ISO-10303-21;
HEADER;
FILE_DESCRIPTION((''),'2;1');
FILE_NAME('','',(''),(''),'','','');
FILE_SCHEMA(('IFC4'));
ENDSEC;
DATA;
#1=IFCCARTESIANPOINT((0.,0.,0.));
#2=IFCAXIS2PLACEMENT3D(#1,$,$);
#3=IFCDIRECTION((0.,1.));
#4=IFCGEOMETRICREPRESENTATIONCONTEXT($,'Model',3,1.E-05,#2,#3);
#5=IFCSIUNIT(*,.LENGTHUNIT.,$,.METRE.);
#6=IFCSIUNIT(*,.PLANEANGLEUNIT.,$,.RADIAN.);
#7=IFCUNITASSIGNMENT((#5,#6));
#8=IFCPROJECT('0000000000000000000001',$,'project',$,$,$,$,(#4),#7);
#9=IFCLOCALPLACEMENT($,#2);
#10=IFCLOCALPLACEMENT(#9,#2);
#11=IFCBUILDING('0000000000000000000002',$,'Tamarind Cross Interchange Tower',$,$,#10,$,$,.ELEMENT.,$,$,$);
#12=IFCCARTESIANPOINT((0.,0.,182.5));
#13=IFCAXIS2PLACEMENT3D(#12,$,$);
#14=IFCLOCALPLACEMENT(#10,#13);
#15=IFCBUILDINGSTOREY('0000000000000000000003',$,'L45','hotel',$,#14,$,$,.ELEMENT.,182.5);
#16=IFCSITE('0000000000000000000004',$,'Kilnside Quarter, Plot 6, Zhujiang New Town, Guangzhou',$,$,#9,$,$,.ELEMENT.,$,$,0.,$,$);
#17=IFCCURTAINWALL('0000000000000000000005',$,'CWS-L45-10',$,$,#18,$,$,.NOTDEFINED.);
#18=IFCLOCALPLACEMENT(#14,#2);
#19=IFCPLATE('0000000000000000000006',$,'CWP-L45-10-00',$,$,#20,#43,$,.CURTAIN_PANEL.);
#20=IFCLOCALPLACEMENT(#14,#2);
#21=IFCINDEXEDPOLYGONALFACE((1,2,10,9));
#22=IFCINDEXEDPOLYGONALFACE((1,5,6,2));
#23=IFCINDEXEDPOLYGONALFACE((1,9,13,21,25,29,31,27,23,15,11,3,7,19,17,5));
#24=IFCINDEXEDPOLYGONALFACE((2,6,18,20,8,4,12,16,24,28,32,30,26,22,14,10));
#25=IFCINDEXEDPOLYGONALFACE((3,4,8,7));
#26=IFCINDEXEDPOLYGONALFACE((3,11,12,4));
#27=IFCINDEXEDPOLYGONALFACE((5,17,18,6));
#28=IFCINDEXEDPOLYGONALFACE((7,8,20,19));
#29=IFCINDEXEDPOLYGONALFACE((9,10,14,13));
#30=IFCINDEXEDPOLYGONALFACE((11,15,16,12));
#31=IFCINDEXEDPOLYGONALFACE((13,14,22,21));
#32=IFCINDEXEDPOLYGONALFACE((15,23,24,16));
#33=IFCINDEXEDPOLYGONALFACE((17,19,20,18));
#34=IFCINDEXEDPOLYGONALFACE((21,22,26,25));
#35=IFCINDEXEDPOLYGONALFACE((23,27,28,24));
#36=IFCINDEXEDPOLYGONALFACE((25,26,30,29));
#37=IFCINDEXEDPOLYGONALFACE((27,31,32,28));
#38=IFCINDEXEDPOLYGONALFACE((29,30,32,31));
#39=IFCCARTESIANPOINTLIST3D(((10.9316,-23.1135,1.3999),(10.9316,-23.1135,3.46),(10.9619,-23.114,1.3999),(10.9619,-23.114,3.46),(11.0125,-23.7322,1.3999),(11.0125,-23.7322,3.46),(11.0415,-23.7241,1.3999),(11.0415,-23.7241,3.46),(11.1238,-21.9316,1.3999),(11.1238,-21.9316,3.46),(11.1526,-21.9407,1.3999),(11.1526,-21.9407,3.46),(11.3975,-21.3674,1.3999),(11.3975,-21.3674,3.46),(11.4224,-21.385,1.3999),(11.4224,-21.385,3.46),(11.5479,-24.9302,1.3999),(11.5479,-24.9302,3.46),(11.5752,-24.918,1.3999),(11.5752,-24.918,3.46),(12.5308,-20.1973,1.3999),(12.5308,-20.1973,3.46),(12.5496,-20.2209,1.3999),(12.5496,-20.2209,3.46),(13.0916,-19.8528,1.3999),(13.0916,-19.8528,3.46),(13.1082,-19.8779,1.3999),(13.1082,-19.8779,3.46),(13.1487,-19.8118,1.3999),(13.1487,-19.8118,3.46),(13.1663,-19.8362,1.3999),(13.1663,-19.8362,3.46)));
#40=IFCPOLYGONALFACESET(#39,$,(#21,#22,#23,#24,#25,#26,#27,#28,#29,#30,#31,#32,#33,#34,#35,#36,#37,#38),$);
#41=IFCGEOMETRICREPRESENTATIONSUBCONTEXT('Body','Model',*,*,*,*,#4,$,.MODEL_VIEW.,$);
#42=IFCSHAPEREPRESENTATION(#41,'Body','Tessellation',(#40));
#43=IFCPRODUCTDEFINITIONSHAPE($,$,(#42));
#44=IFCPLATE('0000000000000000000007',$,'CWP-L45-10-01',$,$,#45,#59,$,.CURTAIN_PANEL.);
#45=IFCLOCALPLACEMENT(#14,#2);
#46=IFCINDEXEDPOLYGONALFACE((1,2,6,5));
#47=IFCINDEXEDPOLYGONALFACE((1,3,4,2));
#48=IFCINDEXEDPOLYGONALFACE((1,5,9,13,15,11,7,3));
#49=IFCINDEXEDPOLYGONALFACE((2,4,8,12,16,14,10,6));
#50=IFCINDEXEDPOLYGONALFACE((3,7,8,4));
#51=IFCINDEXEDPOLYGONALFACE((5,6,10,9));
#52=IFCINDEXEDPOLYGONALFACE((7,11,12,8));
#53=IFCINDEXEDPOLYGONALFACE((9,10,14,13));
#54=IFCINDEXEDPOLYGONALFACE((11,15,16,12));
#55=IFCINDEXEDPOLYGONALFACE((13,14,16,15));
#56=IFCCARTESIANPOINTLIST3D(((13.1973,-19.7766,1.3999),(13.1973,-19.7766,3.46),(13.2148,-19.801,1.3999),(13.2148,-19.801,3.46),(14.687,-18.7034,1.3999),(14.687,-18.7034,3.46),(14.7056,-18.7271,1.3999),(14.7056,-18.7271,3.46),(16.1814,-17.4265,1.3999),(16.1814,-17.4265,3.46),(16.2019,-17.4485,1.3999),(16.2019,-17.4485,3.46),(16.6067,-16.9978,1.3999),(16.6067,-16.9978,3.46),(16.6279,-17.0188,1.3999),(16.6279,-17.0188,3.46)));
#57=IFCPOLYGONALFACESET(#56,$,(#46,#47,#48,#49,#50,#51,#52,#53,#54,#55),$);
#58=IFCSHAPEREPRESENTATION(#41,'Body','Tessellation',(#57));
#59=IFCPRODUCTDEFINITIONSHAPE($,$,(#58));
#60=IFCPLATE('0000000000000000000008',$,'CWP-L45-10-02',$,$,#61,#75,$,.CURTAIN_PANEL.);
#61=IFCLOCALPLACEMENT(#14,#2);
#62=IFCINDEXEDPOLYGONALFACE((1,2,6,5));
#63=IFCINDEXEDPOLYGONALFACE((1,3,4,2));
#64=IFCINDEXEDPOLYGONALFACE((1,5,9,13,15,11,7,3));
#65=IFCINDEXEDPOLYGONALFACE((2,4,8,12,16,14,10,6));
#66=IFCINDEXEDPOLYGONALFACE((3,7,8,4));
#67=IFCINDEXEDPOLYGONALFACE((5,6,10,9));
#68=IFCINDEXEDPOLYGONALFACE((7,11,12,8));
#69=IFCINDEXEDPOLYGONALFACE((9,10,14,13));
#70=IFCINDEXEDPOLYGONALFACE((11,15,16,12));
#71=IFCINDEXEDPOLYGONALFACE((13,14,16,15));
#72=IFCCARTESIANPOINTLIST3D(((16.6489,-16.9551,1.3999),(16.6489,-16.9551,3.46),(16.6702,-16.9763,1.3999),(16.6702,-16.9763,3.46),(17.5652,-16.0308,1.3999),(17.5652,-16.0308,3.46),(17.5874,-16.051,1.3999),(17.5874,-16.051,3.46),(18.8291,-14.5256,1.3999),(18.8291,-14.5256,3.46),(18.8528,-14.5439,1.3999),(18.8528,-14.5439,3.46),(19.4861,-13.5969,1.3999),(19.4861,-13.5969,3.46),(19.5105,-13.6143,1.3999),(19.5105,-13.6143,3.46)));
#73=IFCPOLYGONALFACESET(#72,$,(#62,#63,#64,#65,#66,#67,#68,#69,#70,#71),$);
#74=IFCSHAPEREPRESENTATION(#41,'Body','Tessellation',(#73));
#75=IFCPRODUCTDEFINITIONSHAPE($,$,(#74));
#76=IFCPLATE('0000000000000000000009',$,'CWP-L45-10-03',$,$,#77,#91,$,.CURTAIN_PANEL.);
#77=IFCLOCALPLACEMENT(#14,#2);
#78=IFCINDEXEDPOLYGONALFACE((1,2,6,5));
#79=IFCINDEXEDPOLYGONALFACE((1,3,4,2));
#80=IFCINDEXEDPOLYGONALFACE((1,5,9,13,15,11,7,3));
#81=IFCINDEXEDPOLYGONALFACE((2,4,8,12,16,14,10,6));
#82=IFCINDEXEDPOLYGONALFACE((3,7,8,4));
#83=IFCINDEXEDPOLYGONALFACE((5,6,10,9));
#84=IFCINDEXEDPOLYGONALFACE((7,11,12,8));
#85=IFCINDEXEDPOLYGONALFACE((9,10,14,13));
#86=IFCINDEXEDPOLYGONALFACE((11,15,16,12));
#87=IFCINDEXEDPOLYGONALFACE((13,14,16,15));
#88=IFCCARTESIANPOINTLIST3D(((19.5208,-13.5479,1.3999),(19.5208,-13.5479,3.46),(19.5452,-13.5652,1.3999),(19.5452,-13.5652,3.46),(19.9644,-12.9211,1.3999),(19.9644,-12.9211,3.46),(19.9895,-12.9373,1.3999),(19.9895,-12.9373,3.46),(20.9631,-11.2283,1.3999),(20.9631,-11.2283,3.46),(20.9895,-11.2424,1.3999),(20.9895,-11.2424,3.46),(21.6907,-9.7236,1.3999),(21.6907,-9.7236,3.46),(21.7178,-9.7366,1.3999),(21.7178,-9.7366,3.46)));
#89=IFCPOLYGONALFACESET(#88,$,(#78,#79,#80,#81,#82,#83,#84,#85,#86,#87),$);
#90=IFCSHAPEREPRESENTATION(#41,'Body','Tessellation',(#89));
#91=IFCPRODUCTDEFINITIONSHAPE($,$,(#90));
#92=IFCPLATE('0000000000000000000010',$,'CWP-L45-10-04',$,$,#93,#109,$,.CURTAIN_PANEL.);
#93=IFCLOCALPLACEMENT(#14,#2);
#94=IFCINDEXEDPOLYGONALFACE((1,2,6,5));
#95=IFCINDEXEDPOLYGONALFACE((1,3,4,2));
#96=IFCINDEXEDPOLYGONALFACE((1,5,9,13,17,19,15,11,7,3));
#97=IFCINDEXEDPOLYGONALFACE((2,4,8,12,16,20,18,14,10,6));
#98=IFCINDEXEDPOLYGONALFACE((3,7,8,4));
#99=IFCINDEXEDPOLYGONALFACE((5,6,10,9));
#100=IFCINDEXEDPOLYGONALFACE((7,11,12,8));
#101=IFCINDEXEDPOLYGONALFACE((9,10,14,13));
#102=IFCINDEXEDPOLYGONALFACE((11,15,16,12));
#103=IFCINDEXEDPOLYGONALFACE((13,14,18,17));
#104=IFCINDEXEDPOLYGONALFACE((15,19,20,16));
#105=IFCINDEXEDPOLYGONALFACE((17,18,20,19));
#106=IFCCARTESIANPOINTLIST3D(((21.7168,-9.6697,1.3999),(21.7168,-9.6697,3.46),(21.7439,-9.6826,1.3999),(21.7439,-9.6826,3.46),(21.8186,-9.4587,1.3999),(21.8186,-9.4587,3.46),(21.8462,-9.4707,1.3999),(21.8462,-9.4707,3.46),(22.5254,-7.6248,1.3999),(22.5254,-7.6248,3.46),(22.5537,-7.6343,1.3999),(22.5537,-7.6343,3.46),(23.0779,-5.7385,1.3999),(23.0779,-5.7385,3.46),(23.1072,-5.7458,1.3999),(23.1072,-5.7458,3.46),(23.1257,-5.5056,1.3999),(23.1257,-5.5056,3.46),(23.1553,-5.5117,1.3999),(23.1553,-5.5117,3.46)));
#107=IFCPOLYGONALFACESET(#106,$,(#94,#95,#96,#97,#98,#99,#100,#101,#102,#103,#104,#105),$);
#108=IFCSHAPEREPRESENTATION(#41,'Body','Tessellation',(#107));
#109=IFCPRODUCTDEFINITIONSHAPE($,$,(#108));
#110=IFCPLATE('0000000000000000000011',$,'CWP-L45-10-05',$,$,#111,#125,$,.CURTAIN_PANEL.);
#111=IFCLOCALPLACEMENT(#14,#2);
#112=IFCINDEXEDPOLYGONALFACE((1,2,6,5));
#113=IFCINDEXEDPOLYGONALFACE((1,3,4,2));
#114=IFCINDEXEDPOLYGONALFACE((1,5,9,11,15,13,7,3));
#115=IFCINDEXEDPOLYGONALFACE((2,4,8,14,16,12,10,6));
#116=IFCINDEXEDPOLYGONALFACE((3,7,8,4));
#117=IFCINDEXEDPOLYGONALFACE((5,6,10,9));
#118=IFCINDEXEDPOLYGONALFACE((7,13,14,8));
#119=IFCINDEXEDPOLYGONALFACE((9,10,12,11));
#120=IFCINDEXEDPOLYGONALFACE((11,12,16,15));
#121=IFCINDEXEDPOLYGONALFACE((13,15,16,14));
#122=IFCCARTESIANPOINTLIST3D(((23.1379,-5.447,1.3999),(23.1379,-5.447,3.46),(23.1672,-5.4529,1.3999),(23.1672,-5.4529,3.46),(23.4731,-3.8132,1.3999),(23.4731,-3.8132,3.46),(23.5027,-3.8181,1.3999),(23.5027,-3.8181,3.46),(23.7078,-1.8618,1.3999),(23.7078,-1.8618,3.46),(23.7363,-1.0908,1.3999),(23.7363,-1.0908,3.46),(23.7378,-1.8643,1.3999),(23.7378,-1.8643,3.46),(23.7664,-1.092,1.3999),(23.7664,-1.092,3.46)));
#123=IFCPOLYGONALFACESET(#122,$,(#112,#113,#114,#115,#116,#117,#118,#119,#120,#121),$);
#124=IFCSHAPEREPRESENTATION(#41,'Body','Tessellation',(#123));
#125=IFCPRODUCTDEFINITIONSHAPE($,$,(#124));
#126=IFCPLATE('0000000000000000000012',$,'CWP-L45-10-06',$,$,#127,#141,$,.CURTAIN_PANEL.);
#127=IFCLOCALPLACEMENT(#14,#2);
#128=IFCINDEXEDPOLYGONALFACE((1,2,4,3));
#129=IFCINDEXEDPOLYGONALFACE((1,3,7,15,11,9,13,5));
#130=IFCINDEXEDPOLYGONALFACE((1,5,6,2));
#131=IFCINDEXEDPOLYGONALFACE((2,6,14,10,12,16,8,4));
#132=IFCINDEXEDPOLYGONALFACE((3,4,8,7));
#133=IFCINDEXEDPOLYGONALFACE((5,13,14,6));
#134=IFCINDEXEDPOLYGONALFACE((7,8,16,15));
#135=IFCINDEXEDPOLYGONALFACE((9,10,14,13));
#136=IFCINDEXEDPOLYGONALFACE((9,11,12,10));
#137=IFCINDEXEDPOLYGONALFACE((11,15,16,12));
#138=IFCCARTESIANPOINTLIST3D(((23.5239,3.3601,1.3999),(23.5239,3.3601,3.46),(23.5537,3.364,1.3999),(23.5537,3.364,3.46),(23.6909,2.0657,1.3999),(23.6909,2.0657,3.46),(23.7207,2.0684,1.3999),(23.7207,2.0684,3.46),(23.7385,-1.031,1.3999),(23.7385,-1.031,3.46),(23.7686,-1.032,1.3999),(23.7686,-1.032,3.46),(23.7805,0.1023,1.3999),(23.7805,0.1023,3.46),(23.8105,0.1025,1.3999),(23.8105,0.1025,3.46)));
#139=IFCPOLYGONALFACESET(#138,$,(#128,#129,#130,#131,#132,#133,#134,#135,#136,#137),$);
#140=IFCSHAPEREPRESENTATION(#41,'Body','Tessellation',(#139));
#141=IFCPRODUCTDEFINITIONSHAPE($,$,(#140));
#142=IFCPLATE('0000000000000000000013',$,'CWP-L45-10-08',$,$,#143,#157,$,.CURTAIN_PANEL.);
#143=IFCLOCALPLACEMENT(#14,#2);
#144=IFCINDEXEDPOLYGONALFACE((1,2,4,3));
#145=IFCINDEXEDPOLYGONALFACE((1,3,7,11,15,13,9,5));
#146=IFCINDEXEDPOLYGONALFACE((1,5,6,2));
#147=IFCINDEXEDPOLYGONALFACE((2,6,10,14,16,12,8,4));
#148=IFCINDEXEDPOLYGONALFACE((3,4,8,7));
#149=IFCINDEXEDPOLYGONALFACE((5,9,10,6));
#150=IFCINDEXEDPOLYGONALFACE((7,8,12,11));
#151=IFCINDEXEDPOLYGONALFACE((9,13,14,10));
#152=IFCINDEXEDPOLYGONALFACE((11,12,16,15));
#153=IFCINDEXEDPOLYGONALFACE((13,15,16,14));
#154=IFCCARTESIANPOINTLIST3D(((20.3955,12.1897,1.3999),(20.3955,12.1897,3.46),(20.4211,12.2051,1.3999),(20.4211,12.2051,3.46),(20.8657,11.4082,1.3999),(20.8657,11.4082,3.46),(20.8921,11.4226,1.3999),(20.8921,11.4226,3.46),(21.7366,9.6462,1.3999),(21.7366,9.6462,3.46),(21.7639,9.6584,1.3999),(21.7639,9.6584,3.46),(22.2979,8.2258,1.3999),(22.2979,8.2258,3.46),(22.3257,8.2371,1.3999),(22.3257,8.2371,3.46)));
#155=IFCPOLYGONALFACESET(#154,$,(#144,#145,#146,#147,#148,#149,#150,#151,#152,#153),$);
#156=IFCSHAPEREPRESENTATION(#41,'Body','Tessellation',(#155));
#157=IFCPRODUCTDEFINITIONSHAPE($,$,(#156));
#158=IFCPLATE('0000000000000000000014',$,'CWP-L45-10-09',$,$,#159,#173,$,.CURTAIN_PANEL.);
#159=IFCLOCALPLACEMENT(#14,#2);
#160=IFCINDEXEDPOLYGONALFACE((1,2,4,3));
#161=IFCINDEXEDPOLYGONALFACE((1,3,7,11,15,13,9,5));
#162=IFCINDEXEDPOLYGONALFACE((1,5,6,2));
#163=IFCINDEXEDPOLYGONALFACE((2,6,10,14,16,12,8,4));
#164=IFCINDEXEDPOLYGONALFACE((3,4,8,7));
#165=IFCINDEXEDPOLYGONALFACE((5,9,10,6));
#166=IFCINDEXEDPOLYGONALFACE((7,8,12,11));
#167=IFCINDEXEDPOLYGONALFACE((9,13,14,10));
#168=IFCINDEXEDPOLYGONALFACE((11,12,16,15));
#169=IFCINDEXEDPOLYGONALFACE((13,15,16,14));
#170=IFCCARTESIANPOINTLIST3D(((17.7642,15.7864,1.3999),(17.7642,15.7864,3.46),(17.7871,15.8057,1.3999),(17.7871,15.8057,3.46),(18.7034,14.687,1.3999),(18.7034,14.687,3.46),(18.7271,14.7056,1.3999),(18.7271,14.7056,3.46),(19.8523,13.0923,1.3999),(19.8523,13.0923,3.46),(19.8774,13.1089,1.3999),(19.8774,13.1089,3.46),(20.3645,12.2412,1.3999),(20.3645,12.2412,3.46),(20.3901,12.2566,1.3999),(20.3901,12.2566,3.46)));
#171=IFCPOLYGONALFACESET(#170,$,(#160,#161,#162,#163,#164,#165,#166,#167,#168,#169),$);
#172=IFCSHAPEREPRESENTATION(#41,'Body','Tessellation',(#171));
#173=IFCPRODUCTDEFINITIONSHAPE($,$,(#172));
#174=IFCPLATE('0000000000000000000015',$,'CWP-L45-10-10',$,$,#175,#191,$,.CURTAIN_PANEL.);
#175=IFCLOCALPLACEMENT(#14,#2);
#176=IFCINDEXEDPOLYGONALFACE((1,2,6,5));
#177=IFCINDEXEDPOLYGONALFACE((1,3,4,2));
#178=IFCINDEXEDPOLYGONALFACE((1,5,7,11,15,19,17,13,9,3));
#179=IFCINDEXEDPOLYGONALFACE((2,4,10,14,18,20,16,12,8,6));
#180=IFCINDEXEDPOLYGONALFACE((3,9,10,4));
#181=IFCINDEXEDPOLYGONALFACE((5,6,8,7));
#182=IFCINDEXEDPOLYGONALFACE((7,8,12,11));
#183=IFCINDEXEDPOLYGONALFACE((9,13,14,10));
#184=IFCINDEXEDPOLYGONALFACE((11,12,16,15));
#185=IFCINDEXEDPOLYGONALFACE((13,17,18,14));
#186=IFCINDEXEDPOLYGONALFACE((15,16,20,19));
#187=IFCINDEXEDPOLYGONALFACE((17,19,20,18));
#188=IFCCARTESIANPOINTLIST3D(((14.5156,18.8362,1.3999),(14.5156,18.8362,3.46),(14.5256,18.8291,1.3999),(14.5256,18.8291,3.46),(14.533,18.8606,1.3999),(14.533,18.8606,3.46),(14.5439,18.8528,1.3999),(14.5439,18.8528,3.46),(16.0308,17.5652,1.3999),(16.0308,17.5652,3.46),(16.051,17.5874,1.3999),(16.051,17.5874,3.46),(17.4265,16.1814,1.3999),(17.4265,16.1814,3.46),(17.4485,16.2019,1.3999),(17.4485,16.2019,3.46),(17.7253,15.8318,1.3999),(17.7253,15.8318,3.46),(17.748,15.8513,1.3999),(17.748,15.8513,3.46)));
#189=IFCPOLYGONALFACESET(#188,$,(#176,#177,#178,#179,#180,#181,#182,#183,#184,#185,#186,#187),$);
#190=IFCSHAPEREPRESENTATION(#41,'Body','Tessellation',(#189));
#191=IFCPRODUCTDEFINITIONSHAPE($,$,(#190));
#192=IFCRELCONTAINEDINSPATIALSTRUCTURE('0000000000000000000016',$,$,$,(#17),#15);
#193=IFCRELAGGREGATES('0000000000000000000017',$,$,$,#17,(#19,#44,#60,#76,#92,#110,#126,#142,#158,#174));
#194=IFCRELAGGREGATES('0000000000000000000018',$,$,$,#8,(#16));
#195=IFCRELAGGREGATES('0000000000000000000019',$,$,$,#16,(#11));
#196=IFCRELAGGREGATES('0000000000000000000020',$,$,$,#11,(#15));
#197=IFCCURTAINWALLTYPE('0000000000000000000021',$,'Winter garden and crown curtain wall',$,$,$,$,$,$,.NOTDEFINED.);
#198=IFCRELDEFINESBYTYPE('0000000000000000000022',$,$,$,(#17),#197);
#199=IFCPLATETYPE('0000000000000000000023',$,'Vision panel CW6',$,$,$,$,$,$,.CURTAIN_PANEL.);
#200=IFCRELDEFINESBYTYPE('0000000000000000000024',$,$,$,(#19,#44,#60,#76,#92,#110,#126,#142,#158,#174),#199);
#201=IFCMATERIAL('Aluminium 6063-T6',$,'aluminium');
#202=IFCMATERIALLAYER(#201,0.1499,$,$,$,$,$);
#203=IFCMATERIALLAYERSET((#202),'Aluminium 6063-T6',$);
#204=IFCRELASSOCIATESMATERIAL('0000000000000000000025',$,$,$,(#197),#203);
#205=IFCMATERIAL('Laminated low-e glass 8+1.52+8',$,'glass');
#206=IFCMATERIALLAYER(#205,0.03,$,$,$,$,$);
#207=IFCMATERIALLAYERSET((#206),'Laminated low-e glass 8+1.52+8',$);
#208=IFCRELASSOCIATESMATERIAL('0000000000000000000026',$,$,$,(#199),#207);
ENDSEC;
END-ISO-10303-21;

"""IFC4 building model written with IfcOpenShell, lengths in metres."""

from ifc_helpers import new_model, si_unit, direction, frame, origin, place, context, subcontext, project, spatial, polyline, outline, extrude, material, layer, layer_set, type_object, element, aggregate, save


model = new_model("IFC4")

# Units and contexts
model_context = context("Model", 3, precision=1e-05, world=origin(), true_north=direction((0.0, 1.0)))
body_context = subcontext(model_context, "Body", "Model", "MODEL_VIEW")
ifc_project = project(units=[si_unit("LENGTHUNIT", "METRE"), si_unit("PLANEANGLEUNIT", "RADIAN")], contexts=[model_context])

# Site, building, storey
site_placement = place(None, origin())
site = spatial("IfcSite", under=ifc_project, at=site_placement, Name="Kilnside Quarter, Plot 6, Zhujiang New Town, Guangzhou", CompositionType="ELEMENT", RefElevation=0.0)
building_placement = place(site_placement, origin())
building = spatial("IfcBuilding", under=site, at=building_placement, Name="Tamarind Cross Interchange Tower", CompositionType="ELEMENT")
storey_placement = place(building_placement, frame((0.0, 0.0, 182.5)))
storey = spatial("IfcBuildingStorey", under=building, at=storey_placement, Name="L45", Description="hotel", CompositionType="ELEMENT", Elevation=182.5)

# Curtain wall, plates
ifc_material_1 = material(Name="Aluminium 6063-T6", Category="aluminium")
ifc_layer_1 = layer(ifc_material_1, 0.1499)
ifc_layer_set_1 = layer_set([ifc_layer_1], Name="Aluminium 6063-T6")
curtain_wall_type_1 = type_object("IfcCurtainWallType", Name="Winter garden and crown curtain wall", PredefinedType="NOTDEFINED", material=ifc_layer_set_1)
curtain_wall_1_placement = place(storey_placement, origin())
curtain_wall_1 = element("IfcCurtainWall", 1, at=curtain_wall_1_placement, inside=storey, type_object=curtain_wall_type_1, Name="CWS-L45-10", PredefinedType="NOTDEFINED")
ifc_material_2 = material(Name="Laminated low-e glass 8+1.52+8", Category="glass")
ifc_layer_2 = layer(ifc_material_2, 0.03)
ifc_layer_set_2 = layer_set([ifc_layer_2], Name="Laminated low-e glass 8+1.52+8")
plate_type_1 = type_object("IfcPlateType", Name="Vision panel CW6", PredefinedType="CURTAIN_PANEL", material=ifc_layer_set_2)
plate_1_placement = place(storey_placement, frame((0.0, 0.0, 1.3999)))
plate_1 = element("IfcPlate", 2, at=plate_1_placement, type_object=plate_type_1, Name="CWP-L45-10-00", PredefinedType="CURTAIN_PANEL", context=body_context, shape_type="SweptSolid", body=[
    extrude(outline(polyline([(11.5479, -24.9302), (11.0125, -23.7322), (10.9316, -23.1135), (11.1238, -21.9316), (11.3975, -21.3674), (12.5308, -20.1973), (13.0916, -19.8528), (13.1487, -19.8118), (13.1663, -19.8362), (13.1082, -19.8779), (12.5496, -20.2209), (11.4224, -21.385), (11.1526, -21.9407), (10.9619, -23.114), (11.0415, -23.7241), (11.5752, -24.918), (11.5479, -24.9302)])), origin(), (0.0, 0.0, 1.0), 2.0601),
])
plate_2_placement = place(storey_placement, frame((0.0, 0.0, 1.3999)))
plate_2 = element("IfcPlate", 3, at=plate_2_placement, type_object=plate_type_1, Name="CWP-L45-10-01", PredefinedType="CURTAIN_PANEL", context=body_context, shape_type="SweptSolid", body=[
    extrude(outline(polyline([(13.1973, -19.7766), (14.687, -18.7034), (16.1814, -17.4265), (16.6067, -16.9978), (16.6279, -17.0188), (16.2019, -17.4485), (14.7056, -18.7271), (13.2148, -19.801), (13.1973, -19.7766)])), origin(), (0.0, 0.0, 1.0), 2.0601),
])
plate_3_placement = place(storey_placement, frame((0.0, 0.0, 1.3999)))
plate_3 = element("IfcPlate", 4, at=plate_3_placement, type_object=plate_type_1, Name="CWP-L45-10-02", PredefinedType="CURTAIN_PANEL", context=body_context, shape_type="SweptSolid", body=[
    extrude(outline(polyline([(16.6489, -16.9551), (17.5652, -16.0308), (18.8291, -14.5256), (19.4861, -13.5969), (19.5105, -13.6143), (18.8528, -14.5439), (17.5874, -16.051), (16.6702, -16.9763), (16.6489, -16.9551)])), origin(), (0.0, 0.0, 1.0), 2.0601),
])
plate_4_placement = place(storey_placement, frame((0.0, 0.0, 1.3999)))
plate_4 = element("IfcPlate", 5, at=plate_4_placement, type_object=plate_type_1, Name="CWP-L45-10-03", PredefinedType="CURTAIN_PANEL", context=body_context, shape_type="SweptSolid", body=[
    extrude(outline(polyline([(19.5208, -13.5479), (19.9644, -12.9211), (20.9631, -11.2283), (21.6907, -9.7236), (21.7178, -9.7366), (20.9895, -11.2424), (19.9895, -12.9373), (19.5452, -13.5652), (19.5208, -13.5479)])), origin(), (0.0, 0.0, 1.0), 2.0601),
])
plate_5_placement = place(storey_placement, frame((0.0, 0.0, 1.3999)))
plate_5 = element("IfcPlate", 6, at=plate_5_placement, type_object=plate_type_1, Name="CWP-L45-10-04", PredefinedType="CURTAIN_PANEL", context=body_context, shape_type="SweptSolid", body=[
    extrude(outline(polyline([(21.7168, -9.6697), (21.8186, -9.4587), (22.5254, -7.6248), (23.0779, -5.7385), (23.1257, -5.5056), (23.1553, -5.5117), (23.1072, -5.7458), (22.5537, -7.6343), (21.8462, -9.4707), (21.7439, -9.6826), (21.7168, -9.6697)])), origin(), (0.0, 0.0, 1.0), 2.0601),
])
plate_6_placement = place(storey_placement, frame((0.0, 0.0, 1.3999)))
plate_6 = element("IfcPlate", 7, at=plate_6_placement, type_object=plate_type_1, Name="CWP-L45-10-05", PredefinedType="CURTAIN_PANEL", context=body_context, shape_type="SweptSolid", body=[
    extrude(outline(polyline([(23.1379, -5.447), (23.4731, -3.8132), (23.7078, -1.8618), (23.7363, -1.0908), (23.7664, -1.092), (23.7378, -1.8643), (23.5027, -3.8181), (23.1672, -5.4529), (23.1379, -5.447)])), origin(), (0.0, 0.0, 1.0), 2.0601),
])
plate_7_placement = place(storey_placement, frame((0.0, 0.0, 1.3999)))
plate_7 = element("IfcPlate", 8, at=plate_7_placement, type_object=plate_type_1, Name="CWP-L45-10-06", PredefinedType="CURTAIN_PANEL", context=body_context, shape_type="SweptSolid", body=[
    extrude(outline(polyline([(23.7385, -1.031), (23.7805, 0.1023), (23.6909, 2.0657), (23.5239, 3.3601), (23.5537, 3.364), (23.7207, 2.0684), (23.8105, 0.1025), (23.7686, -1.032), (23.7385, -1.031)])), origin(), (0.0, 0.0, 1.0), 2.0601),
])
plate_8_placement = place(storey_placement, frame((0.0, 0.0, 1.3999)))
plate_8 = element("IfcPlate", 9, at=plate_8_placement, type_object=plate_type_1, Name="CWP-L45-10-08", PredefinedType="CURTAIN_PANEL", context=body_context, shape_type="SweptSolid", body=[
    extrude(outline(polyline([(22.2979, 8.2258), (21.7366, 9.6462), (20.8657, 11.4082), (20.3955, 12.1897), (20.4211, 12.2051), (20.8921, 11.4226), (21.7639, 9.6584), (22.3257, 8.2371), (22.2979, 8.2258)])), origin(), (0.0, 0.0, 1.0), 2.0601),
])
plate_9_placement = place(storey_placement, frame((0.0, 0.0, 1.3999)))
plate_9 = element("IfcPlate", 10, at=plate_9_placement, type_object=plate_type_1, Name="CWP-L45-10-09", PredefinedType="CURTAIN_PANEL", context=body_context, shape_type="SweptSolid", body=[
    extrude(outline(polyline([(20.3645, 12.2412), (19.8523, 13.0923), (18.7034, 14.687), (17.7642, 15.7864), (17.7871, 15.8057), (18.7271, 14.7056), (19.8774, 13.1089), (20.3901, 12.2566), (20.3645, 12.2412)])), origin(), (0.0, 0.0, 1.0), 2.0601),
])
plate_10_placement = place(storey_placement, frame((0.0, 0.0, 1.3999)))
plate_10 = element("IfcPlate", 11, at=plate_10_placement, type_object=plate_type_1, Name="CWP-L45-10-10", PredefinedType="CURTAIN_PANEL", context=body_context, shape_type="SweptSolid", body=[
    extrude(outline(polyline([(17.7253, 15.8318), (17.4265, 16.1814), (16.0308, 17.5652), (14.5256, 18.8291), (14.5156, 18.8362), (14.533, 18.8606), (14.5439, 18.8528), (16.051, 17.5874), (17.4485, 16.2019), (17.748, 15.8513), (17.7253, 15.8318)])), origin(), (0.0, 0.0, 1.0), 2.0601),
])
aggregate(curtain_wall_1, [plate_1, plate_2, plate_3, plate_4, plate_5, plate_6, plate_7, plate_8, plate_9, plate_10])

save(model, "model.ifc")
